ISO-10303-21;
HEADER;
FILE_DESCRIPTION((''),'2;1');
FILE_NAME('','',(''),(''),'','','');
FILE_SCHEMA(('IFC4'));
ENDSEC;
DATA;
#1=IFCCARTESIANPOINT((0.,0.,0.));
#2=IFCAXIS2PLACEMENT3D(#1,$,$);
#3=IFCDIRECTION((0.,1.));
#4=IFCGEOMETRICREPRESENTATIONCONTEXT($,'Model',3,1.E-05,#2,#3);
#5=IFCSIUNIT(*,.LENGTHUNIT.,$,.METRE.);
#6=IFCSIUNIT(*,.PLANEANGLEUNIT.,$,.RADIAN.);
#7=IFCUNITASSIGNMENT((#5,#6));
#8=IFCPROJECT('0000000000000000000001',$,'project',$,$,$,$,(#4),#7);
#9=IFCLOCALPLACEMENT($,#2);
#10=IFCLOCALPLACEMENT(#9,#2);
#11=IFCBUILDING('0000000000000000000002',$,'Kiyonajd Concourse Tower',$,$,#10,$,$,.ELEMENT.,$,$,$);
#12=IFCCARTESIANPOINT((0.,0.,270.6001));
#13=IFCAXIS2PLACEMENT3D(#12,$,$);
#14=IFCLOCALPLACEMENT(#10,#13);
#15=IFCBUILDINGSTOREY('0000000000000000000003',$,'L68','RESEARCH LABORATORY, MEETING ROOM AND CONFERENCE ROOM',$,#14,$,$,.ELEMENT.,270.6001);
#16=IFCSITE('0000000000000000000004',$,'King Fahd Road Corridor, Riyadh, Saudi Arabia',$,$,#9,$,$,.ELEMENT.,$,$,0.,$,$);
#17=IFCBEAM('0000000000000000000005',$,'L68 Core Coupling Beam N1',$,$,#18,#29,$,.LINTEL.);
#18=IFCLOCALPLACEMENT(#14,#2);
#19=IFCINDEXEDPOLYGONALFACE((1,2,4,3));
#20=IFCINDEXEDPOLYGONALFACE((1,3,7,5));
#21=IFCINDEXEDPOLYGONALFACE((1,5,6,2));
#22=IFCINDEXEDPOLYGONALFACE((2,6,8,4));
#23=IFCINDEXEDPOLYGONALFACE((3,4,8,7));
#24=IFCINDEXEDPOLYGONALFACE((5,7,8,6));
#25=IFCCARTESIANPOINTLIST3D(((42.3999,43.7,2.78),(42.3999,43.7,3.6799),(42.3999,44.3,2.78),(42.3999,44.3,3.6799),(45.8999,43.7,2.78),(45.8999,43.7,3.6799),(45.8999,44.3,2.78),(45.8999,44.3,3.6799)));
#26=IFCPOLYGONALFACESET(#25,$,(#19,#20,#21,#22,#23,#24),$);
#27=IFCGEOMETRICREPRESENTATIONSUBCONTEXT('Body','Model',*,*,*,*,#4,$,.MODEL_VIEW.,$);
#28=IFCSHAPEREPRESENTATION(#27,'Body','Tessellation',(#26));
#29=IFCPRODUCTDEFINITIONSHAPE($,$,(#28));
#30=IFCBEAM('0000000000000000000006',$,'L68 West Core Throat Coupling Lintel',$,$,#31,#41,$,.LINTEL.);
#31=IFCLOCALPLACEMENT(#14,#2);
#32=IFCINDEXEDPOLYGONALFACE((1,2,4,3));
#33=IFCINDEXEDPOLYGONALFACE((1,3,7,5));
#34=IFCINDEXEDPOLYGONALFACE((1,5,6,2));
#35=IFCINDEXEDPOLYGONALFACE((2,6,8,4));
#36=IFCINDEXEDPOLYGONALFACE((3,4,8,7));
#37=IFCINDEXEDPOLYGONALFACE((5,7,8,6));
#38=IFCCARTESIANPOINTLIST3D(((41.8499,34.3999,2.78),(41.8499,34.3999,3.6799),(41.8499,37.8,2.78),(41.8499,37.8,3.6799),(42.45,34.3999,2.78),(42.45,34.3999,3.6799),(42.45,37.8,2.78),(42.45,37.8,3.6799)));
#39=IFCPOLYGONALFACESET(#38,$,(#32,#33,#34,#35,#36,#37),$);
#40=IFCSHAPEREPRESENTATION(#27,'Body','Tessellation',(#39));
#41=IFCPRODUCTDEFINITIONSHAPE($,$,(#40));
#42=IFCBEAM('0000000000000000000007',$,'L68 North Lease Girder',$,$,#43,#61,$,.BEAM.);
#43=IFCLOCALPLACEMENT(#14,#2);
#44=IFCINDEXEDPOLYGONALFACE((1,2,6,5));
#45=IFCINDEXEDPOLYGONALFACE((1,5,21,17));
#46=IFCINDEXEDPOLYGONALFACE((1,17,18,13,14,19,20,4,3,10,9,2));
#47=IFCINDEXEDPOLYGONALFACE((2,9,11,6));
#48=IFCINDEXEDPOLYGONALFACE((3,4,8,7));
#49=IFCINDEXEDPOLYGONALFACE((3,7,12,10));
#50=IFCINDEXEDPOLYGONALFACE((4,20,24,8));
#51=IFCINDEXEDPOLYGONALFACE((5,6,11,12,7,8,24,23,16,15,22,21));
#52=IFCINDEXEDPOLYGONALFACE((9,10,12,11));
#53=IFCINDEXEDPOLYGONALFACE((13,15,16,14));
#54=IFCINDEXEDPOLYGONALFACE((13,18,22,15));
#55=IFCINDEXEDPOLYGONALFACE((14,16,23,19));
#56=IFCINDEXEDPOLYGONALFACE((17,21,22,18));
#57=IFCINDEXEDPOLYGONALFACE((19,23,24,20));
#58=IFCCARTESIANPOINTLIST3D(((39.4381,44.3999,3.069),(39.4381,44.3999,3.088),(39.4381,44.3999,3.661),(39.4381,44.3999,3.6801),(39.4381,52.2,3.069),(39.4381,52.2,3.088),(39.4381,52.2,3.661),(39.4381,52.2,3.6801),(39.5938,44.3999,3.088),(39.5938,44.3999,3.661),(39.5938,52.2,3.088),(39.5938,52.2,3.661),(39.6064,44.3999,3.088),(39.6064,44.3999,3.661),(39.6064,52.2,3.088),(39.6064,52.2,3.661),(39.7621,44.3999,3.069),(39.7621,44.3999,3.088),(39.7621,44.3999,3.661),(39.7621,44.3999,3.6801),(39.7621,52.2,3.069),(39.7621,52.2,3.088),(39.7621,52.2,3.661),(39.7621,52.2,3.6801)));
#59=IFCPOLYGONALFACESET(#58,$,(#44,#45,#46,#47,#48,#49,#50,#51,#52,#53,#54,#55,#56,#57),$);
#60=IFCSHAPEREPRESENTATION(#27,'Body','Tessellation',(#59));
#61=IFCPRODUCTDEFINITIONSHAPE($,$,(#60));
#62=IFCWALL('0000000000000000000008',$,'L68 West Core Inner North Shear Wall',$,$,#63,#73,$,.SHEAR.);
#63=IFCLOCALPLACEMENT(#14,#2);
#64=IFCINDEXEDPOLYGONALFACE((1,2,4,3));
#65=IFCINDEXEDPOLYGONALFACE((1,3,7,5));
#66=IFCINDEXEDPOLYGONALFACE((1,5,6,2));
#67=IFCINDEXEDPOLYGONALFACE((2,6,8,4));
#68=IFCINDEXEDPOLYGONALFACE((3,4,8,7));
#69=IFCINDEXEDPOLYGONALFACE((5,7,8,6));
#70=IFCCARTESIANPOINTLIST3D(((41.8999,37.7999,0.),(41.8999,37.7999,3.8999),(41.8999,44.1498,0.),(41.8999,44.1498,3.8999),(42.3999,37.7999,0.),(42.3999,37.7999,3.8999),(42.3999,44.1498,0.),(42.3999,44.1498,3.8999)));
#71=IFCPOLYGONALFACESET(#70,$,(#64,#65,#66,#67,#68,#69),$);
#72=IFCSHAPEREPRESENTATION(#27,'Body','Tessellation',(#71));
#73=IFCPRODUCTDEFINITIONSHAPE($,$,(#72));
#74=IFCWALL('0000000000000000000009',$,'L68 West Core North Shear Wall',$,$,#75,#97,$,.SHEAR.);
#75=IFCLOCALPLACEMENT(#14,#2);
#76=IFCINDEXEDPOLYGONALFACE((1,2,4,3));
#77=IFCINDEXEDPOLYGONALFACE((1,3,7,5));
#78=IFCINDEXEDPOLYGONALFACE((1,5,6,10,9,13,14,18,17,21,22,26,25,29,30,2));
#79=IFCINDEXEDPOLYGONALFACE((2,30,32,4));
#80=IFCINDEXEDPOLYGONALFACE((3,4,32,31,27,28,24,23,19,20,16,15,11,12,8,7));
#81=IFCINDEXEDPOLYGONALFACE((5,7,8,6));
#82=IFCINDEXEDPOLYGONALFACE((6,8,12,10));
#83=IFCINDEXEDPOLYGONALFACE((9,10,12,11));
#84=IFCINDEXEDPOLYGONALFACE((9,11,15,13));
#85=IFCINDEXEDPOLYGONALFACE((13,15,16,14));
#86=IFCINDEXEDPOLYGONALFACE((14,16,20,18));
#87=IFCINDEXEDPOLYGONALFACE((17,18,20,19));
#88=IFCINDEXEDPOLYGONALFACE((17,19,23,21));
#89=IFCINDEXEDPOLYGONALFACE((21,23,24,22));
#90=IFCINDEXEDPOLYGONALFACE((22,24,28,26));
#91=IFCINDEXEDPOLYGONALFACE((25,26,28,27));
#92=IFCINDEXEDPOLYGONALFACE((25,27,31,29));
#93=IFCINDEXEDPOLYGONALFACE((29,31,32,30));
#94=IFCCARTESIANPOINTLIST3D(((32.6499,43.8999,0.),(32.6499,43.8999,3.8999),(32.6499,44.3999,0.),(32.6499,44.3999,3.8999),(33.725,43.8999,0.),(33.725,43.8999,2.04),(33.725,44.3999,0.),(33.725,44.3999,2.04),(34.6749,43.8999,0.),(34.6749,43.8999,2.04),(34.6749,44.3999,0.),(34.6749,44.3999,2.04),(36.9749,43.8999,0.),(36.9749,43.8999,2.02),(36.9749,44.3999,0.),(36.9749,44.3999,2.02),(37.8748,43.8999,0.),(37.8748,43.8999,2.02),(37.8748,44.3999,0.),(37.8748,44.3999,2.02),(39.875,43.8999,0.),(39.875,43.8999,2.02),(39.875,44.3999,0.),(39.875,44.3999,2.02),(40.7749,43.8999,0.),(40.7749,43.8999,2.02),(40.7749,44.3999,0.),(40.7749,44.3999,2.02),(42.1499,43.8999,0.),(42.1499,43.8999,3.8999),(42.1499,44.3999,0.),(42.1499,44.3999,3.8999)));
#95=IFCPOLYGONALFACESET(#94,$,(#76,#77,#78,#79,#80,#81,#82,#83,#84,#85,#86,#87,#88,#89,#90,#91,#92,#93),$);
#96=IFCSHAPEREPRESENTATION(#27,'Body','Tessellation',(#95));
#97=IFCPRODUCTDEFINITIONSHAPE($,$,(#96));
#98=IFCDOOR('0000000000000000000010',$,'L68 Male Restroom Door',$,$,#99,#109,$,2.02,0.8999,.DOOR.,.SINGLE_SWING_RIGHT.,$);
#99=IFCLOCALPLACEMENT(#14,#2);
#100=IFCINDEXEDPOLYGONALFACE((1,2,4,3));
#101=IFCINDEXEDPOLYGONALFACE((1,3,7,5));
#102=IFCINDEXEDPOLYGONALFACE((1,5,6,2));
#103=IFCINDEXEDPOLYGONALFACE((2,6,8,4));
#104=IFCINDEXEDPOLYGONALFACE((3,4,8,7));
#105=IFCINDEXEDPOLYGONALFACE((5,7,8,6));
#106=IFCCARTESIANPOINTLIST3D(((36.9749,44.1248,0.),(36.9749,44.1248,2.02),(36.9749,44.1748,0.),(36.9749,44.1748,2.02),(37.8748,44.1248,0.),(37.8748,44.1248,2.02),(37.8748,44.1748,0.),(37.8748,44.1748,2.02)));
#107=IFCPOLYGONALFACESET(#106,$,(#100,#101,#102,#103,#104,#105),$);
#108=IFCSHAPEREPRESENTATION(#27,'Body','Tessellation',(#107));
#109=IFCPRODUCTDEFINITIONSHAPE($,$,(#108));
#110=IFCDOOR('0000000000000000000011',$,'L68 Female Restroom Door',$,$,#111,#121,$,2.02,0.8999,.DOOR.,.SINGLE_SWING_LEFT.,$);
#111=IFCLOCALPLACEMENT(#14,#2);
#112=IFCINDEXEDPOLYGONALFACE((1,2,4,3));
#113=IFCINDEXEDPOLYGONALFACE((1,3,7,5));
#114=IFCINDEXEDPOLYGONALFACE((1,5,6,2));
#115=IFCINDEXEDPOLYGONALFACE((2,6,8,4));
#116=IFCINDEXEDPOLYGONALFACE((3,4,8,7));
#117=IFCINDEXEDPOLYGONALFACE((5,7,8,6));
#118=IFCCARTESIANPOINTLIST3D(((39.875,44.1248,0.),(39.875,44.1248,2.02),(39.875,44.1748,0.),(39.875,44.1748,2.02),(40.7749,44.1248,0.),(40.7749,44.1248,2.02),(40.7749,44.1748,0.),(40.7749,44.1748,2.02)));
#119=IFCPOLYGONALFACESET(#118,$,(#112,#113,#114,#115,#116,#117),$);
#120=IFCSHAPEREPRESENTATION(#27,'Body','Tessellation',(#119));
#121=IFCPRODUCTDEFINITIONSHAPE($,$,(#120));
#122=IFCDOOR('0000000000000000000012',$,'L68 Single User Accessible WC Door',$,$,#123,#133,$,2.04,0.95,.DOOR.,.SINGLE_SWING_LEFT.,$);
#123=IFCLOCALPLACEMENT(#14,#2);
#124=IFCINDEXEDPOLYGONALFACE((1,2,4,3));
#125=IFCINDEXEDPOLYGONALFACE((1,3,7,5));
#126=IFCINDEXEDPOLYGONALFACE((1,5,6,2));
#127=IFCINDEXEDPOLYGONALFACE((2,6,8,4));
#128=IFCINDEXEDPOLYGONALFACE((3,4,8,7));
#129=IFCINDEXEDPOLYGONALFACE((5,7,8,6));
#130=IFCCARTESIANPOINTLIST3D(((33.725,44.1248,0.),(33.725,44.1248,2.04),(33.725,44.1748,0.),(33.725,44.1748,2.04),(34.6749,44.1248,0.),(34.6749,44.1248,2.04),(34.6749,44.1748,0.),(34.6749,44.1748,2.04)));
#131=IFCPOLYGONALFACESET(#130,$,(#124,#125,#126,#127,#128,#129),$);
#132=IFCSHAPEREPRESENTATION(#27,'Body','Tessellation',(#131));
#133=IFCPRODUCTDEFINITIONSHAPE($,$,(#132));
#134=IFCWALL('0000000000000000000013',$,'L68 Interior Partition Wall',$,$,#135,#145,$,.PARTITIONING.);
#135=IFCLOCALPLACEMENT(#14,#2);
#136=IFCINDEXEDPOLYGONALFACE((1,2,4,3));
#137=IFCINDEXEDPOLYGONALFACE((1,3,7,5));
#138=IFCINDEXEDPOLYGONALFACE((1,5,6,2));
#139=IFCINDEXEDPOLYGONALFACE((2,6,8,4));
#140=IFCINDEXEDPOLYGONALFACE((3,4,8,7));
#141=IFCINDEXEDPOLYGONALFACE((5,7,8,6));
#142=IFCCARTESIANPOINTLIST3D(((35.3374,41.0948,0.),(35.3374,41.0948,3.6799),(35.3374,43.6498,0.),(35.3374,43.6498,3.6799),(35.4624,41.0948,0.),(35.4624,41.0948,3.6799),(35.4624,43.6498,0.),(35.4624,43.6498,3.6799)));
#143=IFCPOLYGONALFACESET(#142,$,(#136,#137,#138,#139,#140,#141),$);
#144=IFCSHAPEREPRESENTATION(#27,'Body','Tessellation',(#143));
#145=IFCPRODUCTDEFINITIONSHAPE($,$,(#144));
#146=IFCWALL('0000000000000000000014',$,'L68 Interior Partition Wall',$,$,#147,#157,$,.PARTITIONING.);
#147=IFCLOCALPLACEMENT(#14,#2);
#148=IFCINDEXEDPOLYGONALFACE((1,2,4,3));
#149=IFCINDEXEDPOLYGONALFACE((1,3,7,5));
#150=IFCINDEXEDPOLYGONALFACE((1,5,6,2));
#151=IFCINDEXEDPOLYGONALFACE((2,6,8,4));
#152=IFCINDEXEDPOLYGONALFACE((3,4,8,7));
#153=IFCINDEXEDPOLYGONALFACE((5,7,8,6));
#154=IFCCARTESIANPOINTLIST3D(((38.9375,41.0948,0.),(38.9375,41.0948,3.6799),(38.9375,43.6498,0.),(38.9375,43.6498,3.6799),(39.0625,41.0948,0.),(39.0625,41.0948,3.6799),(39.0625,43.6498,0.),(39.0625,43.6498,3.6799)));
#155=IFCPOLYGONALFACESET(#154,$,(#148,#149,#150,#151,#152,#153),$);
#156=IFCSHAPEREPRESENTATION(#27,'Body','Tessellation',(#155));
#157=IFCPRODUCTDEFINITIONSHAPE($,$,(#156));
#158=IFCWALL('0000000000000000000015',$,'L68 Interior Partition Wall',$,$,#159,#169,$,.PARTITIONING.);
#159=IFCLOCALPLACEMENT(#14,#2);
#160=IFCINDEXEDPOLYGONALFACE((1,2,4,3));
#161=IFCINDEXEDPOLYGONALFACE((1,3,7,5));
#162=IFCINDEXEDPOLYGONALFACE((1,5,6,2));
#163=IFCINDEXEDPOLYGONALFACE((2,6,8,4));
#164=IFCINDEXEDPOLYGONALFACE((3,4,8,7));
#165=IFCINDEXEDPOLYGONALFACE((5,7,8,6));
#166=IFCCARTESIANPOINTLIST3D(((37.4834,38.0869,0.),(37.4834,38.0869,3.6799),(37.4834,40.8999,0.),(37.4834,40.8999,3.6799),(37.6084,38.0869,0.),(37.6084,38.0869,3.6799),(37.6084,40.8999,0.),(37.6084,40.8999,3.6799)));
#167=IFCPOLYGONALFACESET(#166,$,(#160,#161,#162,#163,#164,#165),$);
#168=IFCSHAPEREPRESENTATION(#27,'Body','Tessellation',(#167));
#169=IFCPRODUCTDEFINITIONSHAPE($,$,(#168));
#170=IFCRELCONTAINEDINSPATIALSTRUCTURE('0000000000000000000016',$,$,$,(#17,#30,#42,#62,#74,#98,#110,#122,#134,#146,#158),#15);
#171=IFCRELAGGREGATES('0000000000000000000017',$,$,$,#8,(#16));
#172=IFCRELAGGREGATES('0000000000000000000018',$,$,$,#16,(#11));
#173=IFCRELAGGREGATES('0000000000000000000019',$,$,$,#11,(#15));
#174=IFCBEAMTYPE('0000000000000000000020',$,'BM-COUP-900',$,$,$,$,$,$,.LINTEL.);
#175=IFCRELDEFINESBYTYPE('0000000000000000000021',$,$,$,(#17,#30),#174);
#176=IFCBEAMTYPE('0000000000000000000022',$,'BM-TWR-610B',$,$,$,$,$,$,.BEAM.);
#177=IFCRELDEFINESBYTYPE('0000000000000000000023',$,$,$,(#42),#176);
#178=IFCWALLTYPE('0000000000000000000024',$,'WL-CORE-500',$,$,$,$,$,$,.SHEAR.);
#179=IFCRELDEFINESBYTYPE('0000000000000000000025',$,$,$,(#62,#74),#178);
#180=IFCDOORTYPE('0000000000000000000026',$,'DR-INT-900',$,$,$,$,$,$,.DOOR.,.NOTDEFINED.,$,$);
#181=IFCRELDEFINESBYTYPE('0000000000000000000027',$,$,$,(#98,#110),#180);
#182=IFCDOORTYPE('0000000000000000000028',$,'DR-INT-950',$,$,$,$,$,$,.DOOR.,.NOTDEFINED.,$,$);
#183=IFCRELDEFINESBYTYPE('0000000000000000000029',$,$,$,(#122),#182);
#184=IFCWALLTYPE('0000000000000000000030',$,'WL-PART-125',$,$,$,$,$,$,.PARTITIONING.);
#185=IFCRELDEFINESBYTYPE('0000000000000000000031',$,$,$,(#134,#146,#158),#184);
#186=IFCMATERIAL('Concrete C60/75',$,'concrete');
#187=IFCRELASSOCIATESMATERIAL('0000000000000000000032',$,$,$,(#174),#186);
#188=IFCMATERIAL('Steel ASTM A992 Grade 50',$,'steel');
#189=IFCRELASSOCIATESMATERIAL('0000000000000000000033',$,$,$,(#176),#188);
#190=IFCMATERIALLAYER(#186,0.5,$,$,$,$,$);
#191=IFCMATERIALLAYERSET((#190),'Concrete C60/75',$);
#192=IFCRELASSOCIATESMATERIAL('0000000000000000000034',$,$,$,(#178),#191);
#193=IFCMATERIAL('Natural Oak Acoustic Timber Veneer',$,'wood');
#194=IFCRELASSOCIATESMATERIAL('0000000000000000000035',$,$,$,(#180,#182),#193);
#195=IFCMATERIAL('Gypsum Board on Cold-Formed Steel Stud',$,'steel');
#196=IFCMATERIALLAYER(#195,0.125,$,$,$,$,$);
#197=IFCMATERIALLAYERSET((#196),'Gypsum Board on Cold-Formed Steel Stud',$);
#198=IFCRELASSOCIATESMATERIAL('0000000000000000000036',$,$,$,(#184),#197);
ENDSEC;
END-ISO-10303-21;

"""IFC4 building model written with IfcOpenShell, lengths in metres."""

from ifc_helpers import new_model, si_unit, direction, frame, frame_2d, origin, origin_2d, place, context, subcontext, project, spatial, rectangle, i_section, extrude, material, layer, layer_set, material_profile, profile_set, type_object, element, fill, save


model = new_model("IFC4")

# Units and contexts
model_context = context("Model", 3, precision=1e-05, world=origin(), true_north=direction((0.0, 1.0)))
body_context = subcontext(model_context, "Body", "Model", "MODEL_VIEW")
ifc_project = project(units=[si_unit("LENGTHUNIT", "METRE"), si_unit("PLANEANGLEUNIT", "RADIAN")], contexts=[model_context])

# Site, building, storey
site_placement = place(None, origin())
site = spatial("IfcSite", under=ifc_project, at=site_placement, Name="King Fahd Road Corridor, Riyadh, Saudi Arabia", CompositionType="ELEMENT", RefElevation=0.0)
building_placement = place(site_placement, origin())
building = spatial("IfcBuilding", under=site, at=building_placement, Name="Kiyonajd Concourse Tower", CompositionType="ELEMENT")
storey_placement = place(building_placement, frame((0.0, 0.0, 270.6001)))
storey = spatial("IfcBuildingStorey", under=building, at=storey_placement, Name="L68", Description="RESEARCH LABORATORY, MEETING ROOM AND CONFERENCE ROOM", CompositionType="ELEMENT", Elevation=270.6001)

# Beams
ifc_material_1 = material(Name="Concrete C60/75", Category="concrete")
ifc_material_profile_1 = material_profile(ifc_material_1, rectangle(XDim=0.6001, YDim=0.8999, at=origin_2d()), Name="RCBM-600x900")
ifc_profile_set_1 = profile_set([ifc_material_profile_1], Name="Concrete C60/75")
beam_type_1 = type_object("IfcBeamType", Name="BM-COUP-900", PredefinedType="LINTEL", material=ifc_profile_set_1)
beam_1_placement = place(storey_placement, frame((42.3999, 44.0, 3.23), z_axis=(1.0, 0.0, 0.0), x_axis=(0.0, 1.0, 0.0)))
element("IfcBeam", 1, at=beam_1_placement, inside=storey, type_object=beam_type_1, Name="L68 Core Coupling Beam N1", PredefinedType="LINTEL", context=body_context, shape_type="SweptSolid", body=[
    extrude(rectangle(XDim=0.6001, YDim=0.8999, at=origin_2d()), origin(), (0.0, 0.0, 1.0), 3.5),
])
beam_2_placement = place(storey_placement, frame((42.1499, 34.3999, 3.23), z_axis=(0.0, 1.0, 0.0), x_axis=(-1.0, 0.0, 0.0)))
element("IfcBeam", 2, at=beam_2_placement, inside=storey, type_object=beam_type_1, Name="L68 West Core Throat Coupling Lintel", PredefinedType="LINTEL", context=body_context, shape_type="SweptSolid", body=[
    extrude(rectangle(XDim=0.6001, YDim=0.8999, at=origin_2d()), origin(), (0.0, 0.0, 1.0), 3.4001),
])
ifc_material_2 = material(Name="Steel ASTM A992 Grade 50", Category="steel")
ifc_material_profile_2 = material_profile(ifc_material_2, i_section(OverallWidth=0.324, OverallDepth=0.6111, WebThickness=0.0127, FlangeThickness=0.019, at=origin_2d()), Name="W610X155")
ifc_profile_set_2 = profile_set([ifc_material_profile_2], Name="Steel ASTM A992 Grade 50")
beam_type_2 = type_object("IfcBeamType", Name="BM-TWR-610B", PredefinedType="BEAM", material=ifc_profile_set_2)
beam_3_placement = place(storey_placement, frame((39.6001, 44.3999, 3.3745), z_axis=(0.0, 1.0, 0.0), x_axis=(-1.0, 0.0, 0.0)))
element("IfcBeam", 3, at=beam_3_placement, inside=storey, type_object=beam_type_2, Name="L68 North Lease Girder", PredefinedType="BEAM", context=body_context, shape_type="SweptSolid", body=[
    extrude(i_section(OverallWidth=0.324, OverallDepth=0.6111, WebThickness=0.0127, FlangeThickness=0.019, at=origin_2d()), origin(), (0.0, 0.0, 1.0), 7.8),
])

# Wall
ifc_layer_1 = layer(ifc_material_1, 0.5)
ifc_layer_set_1 = layer_set([ifc_layer_1], Name="Concrete C60/75")
wall_type_1 = type_object("IfcWallType", Name="WL-CORE-500", PredefinedType="SHEAR", material=ifc_layer_set_1)
wall_1_placement = place(storey_placement, frame((42.1499, 37.8, 0.0), z_axis=(0.0, 0.0, 1.0), x_axis=(0.0, 1.0, 0.0)))
element("IfcWall", 4, at=wall_1_placement, inside=storey, type_object=wall_type_1, Name="L68 West Core Inner North Shear Wall", PredefinedType="SHEAR", context=body_context, shape_type="SweptSolid", body=[
    extrude(rectangle(XDim=6.3499, YDim=0.5, at=frame_2d((3.1748, 0.0))), origin(), (0.0, 0.0, 1.0), 3.8999),
])

# Wall, openings, doors
wall_2_placement = place(storey_placement, frame((32.6499, 44.1499, 0.0), z_axis=(0.0, 0.0, 1.0), x_axis=(1.0, 0.0, 0.0)))
wall_2 = element("IfcWall", 5, at=wall_2_placement, inside=storey, type_object=wall_type_1, Name="L68 West Core North Shear Wall", PredefinedType="SHEAR", context=body_context, shape_type="SweptSolid", body=[
    extrude(rectangle(XDim=9.5, YDim=0.5, at=frame_2d((4.75, 0.0))), origin(), (0.0, 0.0, 1.0), 3.8999),
])
opening_1_placement = place(wall_2_placement, frame((1.075, 0.0, 0.0)))
opening_1 = element("IfcOpeningElement", 6, at=opening_1_placement, cuts=wall_2, PredefinedType="OPENING", context=body_context, shape_type="SweptSolid", body=[
    extrude(rectangle(XDim=0.95, YDim=2.04, at=frame_2d((0.4751, 1.02))), frame((0.0, 0.26, 0.0), z_axis=(0.0, -1.0, 0.0), x_axis=(1.0, 0.0, 0.0)), (0.0, 0.0, 1.0), 0.52),
])
opening_2_placement = place(wall_2_placement, frame((4.325, 0.0, 0.0)))
opening_2 = element("IfcOpeningElement", 7, at=opening_2_placement, cuts=wall_2, PredefinedType="OPENING", context=body_context, shape_type="SweptSolid", body=[
    extrude(rectangle(XDim=0.8999, YDim=2.02, at=frame_2d((0.45, 1.01))), frame((0.0, 0.26, 0.0), z_axis=(0.0, -1.0, 0.0), x_axis=(1.0, 0.0, 0.0)), (0.0, 0.0, 1.0), 0.52),
])
opening_3_placement = place(wall_2_placement, frame((7.2251, 0.0, 0.0)))
opening_3 = element("IfcOpeningElement", 8, at=opening_3_placement, cuts=wall_2, PredefinedType="OPENING", context=body_context, shape_type="SweptSolid", body=[
    extrude(rectangle(XDim=0.8999, YDim=2.02, at=frame_2d((0.45, 1.01))), frame((0.0, 0.26, 0.0), z_axis=(0.0, -1.0, 0.0), x_axis=(1.0, 0.0, 0.0)), (0.0, 0.0, 1.0), 0.52),
])
ifc_material_3 = material(Name="Natural Oak Acoustic Timber Veneer", Category="wood")
door_type_1 = type_object("IfcDoorType", Name="DR-INT-900", OperationType="NOTDEFINED", PredefinedType="DOOR", material=ifc_material_3)
door_1_placement = place(opening_2_placement, origin())
door_1 = element("IfcDoor", 9, at=door_1_placement, inside=storey, type_object=door_type_1, Name="L68 Male Restroom Door", OperationType="SINGLE_SWING_RIGHT", OverallHeight=2.02, OverallWidth=0.8999, PredefinedType="DOOR", context=body_context, shape_type="SweptSolid", body=[
    extrude(rectangle(XDim=0.8999, YDim=2.02, at=frame_2d((0.45, 1.01))), frame((0.0, 0.0249, 0.0), z_axis=(0.0, -1.0, 0.0), x_axis=(1.0, 0.0, 0.0)), (0.0, 0.0, 1.0), 0.05),
])
fill(opening_2, door_1)
door_2_placement = place(opening_3_placement, origin())
door_2 = element("IfcDoor", 10, at=door_2_placement, inside=storey, type_object=door_type_1, Name="L68 Female Restroom Door", OperationType="SINGLE_SWING_LEFT", OverallHeight=2.02, OverallWidth=0.8999, PredefinedType="DOOR", context=body_context, shape_type="SweptSolid", body=[
    extrude(rectangle(XDim=0.8999, YDim=2.02, at=frame_2d((0.45, 1.01))), frame((0.0, 0.0249, 0.0), z_axis=(0.0, -1.0, 0.0), x_axis=(1.0, 0.0, 0.0)), (0.0, 0.0, 1.0), 0.05),
])
fill(opening_3, door_2)
door_type_2 = type_object("IfcDoorType", Name="DR-INT-950", OperationType="NOTDEFINED", PredefinedType="DOOR", material=ifc_material_3)
door_3_placement = place(opening_1_placement, origin())
door_3 = element("IfcDoor", 11, at=door_3_placement, inside=storey, type_object=door_type_2, Name="L68 Single User Accessible WC Door", OperationType="SINGLE_SWING_LEFT", OverallHeight=2.04, OverallWidth=0.95, PredefinedType="DOOR", context=body_context, shape_type="SweptSolid", body=[
    extrude(rectangle(XDim=0.95, YDim=2.04, at=frame_2d((0.4751, 1.02))), frame((0.0, 0.0249, 0.0), z_axis=(0.0, -1.0, 0.0), x_axis=(1.0, 0.0, 0.0)), (0.0, 0.0, 1.0), 0.05),
])
fill(opening_1, door_3)

# Walls
ifc_material_4 = material(Name="Gypsum Board on Cold-Formed Steel Stud", Category="steel")
ifc_layer_2 = layer(ifc_material_4, 0.125)
ifc_layer_set_2 = layer_set([ifc_layer_2], Name="Gypsum Board on Cold-Formed Steel Stud")
wall_type_2 = type_object("IfcWallType", Name="WL-PART-125", PredefinedType="PARTITIONING", material=ifc_layer_set_2)
for number, where, z_axis, x_axis, name in (
    (12, (35.3999, 41.095, 0.0), (0.0, 0.0, 1.0), (0.0, 1.0, 0.0), "L68 Interior Partition Wall"),
    (13, (39.0, 41.095, 0.0), (0.0, 0.0, 1.0), (0.0, 1.0, 0.0), "L68 Interior Partition Wall"),
):
    element("IfcWall", number, at=place(storey_placement, frame(where, z_axis=z_axis, x_axis=x_axis)), inside=storey, type_object=wall_type_2, Name=name, PredefinedType="PARTITIONING", context=body_context, shape_type="SweptSolid", body=[
        extrude(rectangle(XDim=2.5549, YDim=0.125, at=frame_2d((1.2773, 0.0))), origin(), (0.0, 0.0, 1.0), 3.6799),
    ])
wall_3_placement = place(storey_placement, frame((37.5459, 38.0869, 0.0), z_axis=(0.0, 0.0, 1.0), x_axis=(0.0, 1.0, 0.0)))
element("IfcWall", 14, at=wall_3_placement, inside=storey, type_object=wall_type_2, Name="L68 Interior Partition Wall", PredefinedType="PARTITIONING", context=body_context, shape_type="SweptSolid", body=[
    extrude(rectangle(XDim=2.813, YDim=0.125, at=frame_2d((1.4065, 0.0))), origin(), (0.0, 0.0, 1.0), 3.6799),
])

save(model, "model.ifc")
